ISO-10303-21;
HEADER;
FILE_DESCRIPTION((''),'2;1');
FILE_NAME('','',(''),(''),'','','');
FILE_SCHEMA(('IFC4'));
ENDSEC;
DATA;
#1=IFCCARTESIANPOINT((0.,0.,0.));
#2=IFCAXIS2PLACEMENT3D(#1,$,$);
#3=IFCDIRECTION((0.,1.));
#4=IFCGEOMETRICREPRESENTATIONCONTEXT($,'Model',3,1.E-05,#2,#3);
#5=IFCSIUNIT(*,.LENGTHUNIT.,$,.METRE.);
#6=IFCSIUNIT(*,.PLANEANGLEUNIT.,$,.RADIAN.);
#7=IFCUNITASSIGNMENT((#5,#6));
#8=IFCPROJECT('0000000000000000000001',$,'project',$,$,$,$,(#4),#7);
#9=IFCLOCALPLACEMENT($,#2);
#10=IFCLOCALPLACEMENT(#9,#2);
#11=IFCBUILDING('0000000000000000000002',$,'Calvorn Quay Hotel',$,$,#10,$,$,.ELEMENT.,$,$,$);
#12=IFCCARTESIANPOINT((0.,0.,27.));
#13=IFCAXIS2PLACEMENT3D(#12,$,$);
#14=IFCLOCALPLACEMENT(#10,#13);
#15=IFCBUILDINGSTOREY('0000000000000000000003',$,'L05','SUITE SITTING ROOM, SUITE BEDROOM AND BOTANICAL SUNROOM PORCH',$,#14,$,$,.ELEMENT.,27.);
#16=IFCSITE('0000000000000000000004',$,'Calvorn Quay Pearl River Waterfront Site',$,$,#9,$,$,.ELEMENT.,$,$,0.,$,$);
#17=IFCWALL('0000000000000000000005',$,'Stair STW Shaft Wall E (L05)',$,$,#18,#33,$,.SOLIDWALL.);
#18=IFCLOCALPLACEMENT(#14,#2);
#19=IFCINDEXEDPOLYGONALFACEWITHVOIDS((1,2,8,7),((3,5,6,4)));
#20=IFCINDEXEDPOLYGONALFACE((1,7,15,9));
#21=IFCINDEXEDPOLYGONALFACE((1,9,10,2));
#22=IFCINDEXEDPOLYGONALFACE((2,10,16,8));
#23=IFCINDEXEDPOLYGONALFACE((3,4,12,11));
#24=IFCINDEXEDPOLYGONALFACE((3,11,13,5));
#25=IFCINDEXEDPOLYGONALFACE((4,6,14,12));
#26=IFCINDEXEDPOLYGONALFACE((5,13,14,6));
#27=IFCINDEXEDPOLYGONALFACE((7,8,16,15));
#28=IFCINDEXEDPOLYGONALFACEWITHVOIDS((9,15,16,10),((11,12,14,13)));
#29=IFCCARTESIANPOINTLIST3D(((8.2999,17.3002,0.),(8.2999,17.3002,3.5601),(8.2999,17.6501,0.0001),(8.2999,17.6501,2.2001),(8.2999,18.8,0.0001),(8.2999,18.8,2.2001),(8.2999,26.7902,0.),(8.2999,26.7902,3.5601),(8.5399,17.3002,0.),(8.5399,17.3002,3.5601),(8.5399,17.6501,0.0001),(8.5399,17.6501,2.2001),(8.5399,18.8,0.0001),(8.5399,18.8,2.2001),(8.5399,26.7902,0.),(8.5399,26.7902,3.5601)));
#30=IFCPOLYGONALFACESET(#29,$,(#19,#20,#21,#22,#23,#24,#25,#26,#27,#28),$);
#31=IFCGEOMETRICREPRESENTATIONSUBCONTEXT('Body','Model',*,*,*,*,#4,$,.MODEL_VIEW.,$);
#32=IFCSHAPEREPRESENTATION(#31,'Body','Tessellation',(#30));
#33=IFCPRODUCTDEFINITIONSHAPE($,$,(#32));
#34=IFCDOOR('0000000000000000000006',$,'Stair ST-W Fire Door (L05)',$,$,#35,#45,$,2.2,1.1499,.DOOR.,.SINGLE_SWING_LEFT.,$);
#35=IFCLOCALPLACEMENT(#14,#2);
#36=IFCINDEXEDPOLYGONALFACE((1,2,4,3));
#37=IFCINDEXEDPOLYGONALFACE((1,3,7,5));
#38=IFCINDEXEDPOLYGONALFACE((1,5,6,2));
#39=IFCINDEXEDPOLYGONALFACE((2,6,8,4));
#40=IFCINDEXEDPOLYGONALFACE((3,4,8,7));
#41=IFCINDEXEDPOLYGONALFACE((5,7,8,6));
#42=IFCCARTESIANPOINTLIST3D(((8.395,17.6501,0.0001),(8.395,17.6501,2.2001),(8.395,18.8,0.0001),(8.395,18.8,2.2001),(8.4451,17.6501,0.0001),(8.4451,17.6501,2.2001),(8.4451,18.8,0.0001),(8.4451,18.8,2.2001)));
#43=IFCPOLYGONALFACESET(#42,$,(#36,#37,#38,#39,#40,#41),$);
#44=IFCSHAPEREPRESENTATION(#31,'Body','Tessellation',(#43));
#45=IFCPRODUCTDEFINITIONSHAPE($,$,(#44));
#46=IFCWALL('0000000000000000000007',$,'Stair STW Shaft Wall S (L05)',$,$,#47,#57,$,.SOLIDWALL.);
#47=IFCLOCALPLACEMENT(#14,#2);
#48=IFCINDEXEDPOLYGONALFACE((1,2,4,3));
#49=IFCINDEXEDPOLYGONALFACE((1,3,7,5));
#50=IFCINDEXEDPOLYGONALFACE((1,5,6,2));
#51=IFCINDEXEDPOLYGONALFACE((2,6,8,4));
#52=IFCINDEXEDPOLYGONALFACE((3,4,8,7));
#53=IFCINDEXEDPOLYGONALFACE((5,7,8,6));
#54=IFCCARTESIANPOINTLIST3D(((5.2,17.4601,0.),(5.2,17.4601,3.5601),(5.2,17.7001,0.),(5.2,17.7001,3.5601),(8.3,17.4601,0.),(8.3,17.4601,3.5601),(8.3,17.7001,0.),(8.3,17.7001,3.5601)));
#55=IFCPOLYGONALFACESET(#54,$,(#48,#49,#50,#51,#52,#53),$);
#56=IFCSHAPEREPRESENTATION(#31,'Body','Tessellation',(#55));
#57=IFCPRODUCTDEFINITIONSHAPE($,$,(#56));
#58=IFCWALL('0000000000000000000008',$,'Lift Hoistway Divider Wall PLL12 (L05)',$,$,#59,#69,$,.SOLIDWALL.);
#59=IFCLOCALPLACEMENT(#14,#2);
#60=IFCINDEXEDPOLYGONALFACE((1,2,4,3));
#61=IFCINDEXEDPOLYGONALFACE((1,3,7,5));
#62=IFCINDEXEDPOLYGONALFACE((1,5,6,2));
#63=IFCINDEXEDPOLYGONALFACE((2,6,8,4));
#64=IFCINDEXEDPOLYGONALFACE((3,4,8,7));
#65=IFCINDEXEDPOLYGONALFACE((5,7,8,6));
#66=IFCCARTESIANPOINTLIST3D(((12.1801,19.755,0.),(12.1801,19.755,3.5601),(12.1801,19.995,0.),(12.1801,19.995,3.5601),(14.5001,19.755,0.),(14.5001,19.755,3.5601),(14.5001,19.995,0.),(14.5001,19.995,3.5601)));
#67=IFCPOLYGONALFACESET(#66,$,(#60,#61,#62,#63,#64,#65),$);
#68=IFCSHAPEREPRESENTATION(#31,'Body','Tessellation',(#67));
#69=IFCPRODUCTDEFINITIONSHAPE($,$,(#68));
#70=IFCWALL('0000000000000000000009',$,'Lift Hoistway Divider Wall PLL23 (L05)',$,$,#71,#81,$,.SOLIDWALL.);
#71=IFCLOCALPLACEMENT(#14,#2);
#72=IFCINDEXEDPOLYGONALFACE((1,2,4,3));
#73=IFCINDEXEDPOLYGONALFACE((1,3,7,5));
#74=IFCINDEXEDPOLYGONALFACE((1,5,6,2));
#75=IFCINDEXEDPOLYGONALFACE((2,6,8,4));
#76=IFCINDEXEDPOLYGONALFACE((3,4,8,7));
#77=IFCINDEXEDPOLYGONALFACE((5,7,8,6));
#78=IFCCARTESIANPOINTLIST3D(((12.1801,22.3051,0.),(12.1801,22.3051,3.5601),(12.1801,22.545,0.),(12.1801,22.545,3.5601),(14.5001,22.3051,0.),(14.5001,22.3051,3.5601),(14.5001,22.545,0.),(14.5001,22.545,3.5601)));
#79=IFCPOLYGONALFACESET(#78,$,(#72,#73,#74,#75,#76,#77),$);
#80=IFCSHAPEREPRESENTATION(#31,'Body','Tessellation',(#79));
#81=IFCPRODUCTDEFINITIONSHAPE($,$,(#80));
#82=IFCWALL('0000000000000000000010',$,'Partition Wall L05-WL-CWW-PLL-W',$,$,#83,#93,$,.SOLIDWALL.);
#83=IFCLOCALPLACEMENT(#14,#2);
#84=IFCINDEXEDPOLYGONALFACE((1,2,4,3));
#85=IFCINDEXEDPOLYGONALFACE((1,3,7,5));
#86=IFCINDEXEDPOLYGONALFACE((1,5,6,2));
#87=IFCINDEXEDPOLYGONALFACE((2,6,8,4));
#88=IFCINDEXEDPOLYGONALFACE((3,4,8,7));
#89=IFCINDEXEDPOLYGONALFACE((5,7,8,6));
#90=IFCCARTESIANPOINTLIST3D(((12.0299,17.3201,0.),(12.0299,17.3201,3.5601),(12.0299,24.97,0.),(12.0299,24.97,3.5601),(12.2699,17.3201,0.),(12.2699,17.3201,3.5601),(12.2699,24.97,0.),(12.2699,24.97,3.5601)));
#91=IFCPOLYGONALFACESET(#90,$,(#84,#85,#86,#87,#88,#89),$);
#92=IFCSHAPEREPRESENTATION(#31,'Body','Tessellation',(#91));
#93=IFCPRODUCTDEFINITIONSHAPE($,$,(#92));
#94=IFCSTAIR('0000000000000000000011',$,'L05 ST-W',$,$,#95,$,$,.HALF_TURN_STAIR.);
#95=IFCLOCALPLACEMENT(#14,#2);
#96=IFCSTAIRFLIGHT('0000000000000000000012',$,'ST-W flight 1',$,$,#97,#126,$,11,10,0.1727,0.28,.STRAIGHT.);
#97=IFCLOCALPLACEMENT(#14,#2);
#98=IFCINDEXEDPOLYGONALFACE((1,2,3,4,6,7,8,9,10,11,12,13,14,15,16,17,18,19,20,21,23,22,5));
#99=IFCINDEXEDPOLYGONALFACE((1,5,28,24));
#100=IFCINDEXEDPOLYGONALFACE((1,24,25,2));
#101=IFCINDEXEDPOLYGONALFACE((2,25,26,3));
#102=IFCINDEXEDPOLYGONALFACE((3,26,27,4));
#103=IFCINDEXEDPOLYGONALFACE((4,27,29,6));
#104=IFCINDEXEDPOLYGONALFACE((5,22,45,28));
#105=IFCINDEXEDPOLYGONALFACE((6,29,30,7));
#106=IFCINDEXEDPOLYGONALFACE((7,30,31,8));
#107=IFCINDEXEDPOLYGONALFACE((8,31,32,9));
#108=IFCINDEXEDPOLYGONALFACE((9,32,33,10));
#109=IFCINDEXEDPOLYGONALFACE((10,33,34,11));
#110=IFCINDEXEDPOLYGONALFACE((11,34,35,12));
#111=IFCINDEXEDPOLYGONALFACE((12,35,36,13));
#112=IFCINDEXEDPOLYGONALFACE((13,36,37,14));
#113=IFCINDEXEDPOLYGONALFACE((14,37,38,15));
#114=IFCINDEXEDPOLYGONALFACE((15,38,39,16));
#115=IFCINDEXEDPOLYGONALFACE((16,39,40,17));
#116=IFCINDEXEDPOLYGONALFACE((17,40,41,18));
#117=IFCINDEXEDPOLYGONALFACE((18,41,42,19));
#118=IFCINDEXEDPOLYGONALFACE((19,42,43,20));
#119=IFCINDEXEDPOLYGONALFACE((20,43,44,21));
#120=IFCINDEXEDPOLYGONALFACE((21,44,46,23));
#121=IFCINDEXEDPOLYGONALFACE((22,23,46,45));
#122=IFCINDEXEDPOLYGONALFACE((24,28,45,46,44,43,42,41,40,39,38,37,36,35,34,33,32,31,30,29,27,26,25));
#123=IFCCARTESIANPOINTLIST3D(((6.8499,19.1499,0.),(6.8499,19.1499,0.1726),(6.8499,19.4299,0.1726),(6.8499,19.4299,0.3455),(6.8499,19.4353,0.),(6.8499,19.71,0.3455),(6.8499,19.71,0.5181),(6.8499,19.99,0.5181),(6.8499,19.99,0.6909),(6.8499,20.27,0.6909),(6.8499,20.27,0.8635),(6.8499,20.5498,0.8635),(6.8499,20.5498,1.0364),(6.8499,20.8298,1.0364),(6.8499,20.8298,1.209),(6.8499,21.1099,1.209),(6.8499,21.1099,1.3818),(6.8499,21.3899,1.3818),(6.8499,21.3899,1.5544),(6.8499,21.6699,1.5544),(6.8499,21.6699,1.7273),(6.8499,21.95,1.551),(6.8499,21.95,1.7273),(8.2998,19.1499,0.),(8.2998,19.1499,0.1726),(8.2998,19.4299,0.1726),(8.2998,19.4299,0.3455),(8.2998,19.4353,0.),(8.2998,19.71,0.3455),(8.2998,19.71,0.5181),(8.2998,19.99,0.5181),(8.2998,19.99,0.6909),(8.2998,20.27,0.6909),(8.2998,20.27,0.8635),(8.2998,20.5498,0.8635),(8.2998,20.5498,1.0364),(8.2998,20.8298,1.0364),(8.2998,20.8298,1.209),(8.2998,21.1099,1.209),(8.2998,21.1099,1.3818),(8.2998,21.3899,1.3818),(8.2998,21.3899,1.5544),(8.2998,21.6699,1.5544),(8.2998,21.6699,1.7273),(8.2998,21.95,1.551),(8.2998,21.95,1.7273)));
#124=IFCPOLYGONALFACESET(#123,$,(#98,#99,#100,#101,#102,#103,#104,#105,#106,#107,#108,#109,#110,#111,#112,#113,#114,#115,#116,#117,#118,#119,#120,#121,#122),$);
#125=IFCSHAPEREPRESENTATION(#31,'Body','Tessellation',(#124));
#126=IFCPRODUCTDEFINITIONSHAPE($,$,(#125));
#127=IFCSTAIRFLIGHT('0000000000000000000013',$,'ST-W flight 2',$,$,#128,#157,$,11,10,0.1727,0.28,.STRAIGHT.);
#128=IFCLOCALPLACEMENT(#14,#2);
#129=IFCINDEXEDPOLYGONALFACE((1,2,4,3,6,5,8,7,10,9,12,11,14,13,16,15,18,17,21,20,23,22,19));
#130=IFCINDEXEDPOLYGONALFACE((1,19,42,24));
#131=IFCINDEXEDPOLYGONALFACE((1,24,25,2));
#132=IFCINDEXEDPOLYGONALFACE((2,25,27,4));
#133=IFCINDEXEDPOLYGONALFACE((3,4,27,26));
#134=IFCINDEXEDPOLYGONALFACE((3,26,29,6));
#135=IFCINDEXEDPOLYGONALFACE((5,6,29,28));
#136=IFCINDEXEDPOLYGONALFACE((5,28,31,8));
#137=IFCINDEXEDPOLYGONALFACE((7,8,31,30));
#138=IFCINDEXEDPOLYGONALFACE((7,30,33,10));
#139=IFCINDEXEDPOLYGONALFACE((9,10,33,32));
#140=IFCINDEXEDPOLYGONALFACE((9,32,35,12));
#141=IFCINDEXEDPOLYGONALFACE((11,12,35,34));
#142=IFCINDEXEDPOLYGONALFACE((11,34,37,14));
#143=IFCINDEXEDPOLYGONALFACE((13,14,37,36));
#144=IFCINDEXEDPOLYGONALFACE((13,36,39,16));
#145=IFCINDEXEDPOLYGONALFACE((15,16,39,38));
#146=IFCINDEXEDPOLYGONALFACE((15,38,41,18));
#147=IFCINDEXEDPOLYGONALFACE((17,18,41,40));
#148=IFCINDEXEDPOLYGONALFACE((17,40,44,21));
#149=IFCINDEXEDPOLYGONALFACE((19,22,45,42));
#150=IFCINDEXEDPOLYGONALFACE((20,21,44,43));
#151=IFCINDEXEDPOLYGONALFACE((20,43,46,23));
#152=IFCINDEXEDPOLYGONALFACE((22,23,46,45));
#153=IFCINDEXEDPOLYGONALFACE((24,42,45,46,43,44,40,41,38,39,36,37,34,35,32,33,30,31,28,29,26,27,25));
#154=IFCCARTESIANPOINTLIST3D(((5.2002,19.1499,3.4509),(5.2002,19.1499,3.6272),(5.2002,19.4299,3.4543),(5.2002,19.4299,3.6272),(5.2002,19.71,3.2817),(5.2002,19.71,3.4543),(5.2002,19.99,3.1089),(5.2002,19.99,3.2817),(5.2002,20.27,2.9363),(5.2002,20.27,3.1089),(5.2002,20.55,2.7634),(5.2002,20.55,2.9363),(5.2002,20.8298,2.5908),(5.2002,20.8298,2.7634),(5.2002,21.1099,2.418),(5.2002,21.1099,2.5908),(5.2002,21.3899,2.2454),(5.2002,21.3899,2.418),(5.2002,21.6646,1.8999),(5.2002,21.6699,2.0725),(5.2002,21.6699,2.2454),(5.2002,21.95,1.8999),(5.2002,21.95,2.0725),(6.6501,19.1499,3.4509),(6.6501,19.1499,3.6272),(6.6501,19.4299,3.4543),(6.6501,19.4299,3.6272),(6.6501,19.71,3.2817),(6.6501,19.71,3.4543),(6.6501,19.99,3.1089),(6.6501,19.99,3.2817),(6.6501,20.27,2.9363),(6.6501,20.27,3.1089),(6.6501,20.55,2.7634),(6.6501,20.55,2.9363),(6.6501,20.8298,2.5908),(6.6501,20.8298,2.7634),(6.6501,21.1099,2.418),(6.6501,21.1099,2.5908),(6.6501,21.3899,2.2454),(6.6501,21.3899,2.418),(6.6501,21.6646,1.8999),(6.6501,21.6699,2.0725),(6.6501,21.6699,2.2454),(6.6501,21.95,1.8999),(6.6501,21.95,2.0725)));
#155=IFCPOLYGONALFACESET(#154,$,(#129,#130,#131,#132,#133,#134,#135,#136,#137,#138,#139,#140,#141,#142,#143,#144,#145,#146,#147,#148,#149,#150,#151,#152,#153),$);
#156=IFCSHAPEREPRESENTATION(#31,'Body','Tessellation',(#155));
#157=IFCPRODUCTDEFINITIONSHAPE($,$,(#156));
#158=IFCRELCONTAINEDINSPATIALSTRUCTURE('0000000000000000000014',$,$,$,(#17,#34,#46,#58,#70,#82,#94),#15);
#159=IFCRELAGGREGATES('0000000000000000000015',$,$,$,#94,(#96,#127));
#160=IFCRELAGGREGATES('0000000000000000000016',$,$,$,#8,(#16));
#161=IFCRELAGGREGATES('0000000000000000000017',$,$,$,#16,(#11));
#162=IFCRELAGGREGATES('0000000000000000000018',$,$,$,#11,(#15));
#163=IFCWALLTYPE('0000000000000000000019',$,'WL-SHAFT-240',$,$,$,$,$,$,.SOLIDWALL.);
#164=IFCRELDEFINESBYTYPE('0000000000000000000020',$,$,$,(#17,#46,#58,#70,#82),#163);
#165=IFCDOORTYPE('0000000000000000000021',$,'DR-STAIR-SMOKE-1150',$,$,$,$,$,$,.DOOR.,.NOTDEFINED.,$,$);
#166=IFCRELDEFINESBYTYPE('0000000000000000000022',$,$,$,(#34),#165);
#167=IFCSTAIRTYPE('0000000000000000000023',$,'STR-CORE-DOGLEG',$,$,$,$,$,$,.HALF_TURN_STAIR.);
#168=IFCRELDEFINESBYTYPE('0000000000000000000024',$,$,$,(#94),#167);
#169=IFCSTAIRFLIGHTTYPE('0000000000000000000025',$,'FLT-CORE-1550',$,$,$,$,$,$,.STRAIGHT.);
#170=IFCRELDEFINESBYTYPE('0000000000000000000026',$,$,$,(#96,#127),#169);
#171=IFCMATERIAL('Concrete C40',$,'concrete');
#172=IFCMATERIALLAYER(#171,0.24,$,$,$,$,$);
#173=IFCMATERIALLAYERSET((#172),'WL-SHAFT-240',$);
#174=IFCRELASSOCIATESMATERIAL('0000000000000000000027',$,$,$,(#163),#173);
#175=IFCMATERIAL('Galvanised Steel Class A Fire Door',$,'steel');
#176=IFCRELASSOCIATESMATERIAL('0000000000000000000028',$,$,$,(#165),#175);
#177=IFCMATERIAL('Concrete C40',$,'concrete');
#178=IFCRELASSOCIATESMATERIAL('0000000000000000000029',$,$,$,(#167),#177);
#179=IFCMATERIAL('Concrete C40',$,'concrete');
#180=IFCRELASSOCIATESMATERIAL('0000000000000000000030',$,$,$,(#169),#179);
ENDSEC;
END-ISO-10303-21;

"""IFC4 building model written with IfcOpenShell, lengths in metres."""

from ifc_helpers import new_model, si_unit, direction, frame, frame_2d, origin, place, context, subcontext, project, spatial, polyline, rectangle, outline, extrude, material, layer, layer_set, type_object, element, fill, aggregate, save


model = new_model("IFC4")

# Units and contexts
model_context = context("Model", 3, precision=1e-05, world=origin(), true_north=direction((0.0, 1.0)))
body_context = subcontext(model_context, "Body", "Model", "MODEL_VIEW")
ifc_project = project(units=[si_unit("LENGTHUNIT", "METRE"), si_unit("PLANEANGLEUNIT", "RADIAN")], contexts=[model_context])

# Site, building, storey
site_placement = place(None, origin())
site = spatial("IfcSite", under=ifc_project, at=site_placement, Name="Calvorn Quay Pearl River Waterfront Site", CompositionType="ELEMENT", RefElevation=0.0)
building_placement = place(site_placement, origin())
building = spatial("IfcBuilding", under=site, at=building_placement, Name="Calvorn Quay Hotel", CompositionType="ELEMENT")
storey_placement = place(building_placement, frame((0.0, 0.0, 27.0)))
storey = spatial("IfcBuildingStorey", under=building, at=storey_placement, Name="L05", Description="SUITE SITTING ROOM, SUITE BEDROOM AND BOTANICAL SUNROOM PORCH", CompositionType="ELEMENT", Elevation=27.0)

# Wall, opening, door
ifc_material_1 = material(Name="Concrete C40", Category="concrete")
ifc_layer_1 = layer(ifc_material_1, 0.24)
ifc_layer_set_1 = layer_set([ifc_layer_1], Name="WL-SHAFT-240")
wall_type_1 = type_object("IfcWallType", Name="WL-SHAFT-240", PredefinedType="SOLIDWALL", material=ifc_layer_set_1)
wall_1_placement = place(storey_placement, frame((8.4199, 17.3, 0.0), z_axis=(0.0, 0.0, 1.0), x_axis=(0.0, 1.0, 0.0)))
wall_1 = element("IfcWall", 1, at=wall_1_placement, inside=storey, type_object=wall_type_1, Name="Stair STW Shaft Wall E (L05)", PredefinedType="SOLIDWALL", context=body_context, shape_type="SweptSolid", body=[
    extrude(rectangle(XDim=9.49, YDim=0.24, at=frame_2d((4.7451, 0.0))), origin(), (0.0, 0.0, 1.0), 3.5601),
])
opening_1_placement = place(wall_1_placement, frame((0.3501, 0.0, 0.0)))
opening_1 = element("IfcOpeningElement", 2, at=opening_1_placement, cuts=wall_1, PredefinedType="OPENING", context=body_context, shape_type="SweptSolid", body=[
    extrude(rectangle(XDim=1.1499, YDim=2.2, at=frame_2d((0.575, 1.1001))), frame((0.0, 0.1299, 0.0), z_axis=(0.0, -1.0, 0.0), x_axis=(1.0, 0.0, 0.0)), (0.0, 0.0, 1.0), 0.26),
])
ifc_material_2 = material(Name="Galvanised Steel Class A Fire Door", Category="steel")
door_type_1 = type_object("IfcDoorType", Name="DR-STAIR-SMOKE-1150", OperationType="NOTDEFINED", PredefinedType="DOOR", material=ifc_material_2)
door_1_placement = place(opening_1_placement, origin())
door_1 = element("IfcDoor", 3, at=door_1_placement, inside=storey, type_object=door_type_1, Name="Stair ST-W Fire Door (L05)", OperationType="SINGLE_SWING_LEFT", OverallHeight=2.2, OverallWidth=1.1499, PredefinedType="DOOR", context=body_context, shape_type="SweptSolid", body=[
    extrude(rectangle(XDim=1.1499, YDim=2.2, at=frame_2d((0.575, 1.1001))), frame((0.0, 0.0249, 0.0), z_axis=(0.0, -1.0, 0.0), x_axis=(1.0, 0.0, 0.0)), (0.0, 0.0, 1.0), 0.05),
])
fill(opening_1, door_1)

# Walls
wall_2_placement = place(storey_placement, frame((5.2, 17.5801, 0.0), z_axis=(0.0, 0.0, 1.0), x_axis=(1.0, 0.0, 0.0)))
element("IfcWall", 4, at=wall_2_placement, inside=storey, type_object=wall_type_1, Name="Stair STW Shaft Wall S (L05)", PredefinedType="SOLIDWALL", context=body_context, shape_type="SweptSolid", body=[
    extrude(rectangle(XDim=3.1001, YDim=0.24, at=frame_2d((1.55, 0.0))), origin(), (0.0, 0.0, 1.0), 3.5601),
])
for number, where, z_axis, x_axis, name in (
    (5, (12.1799, 19.875, 0.0), (0.0, 0.0, 1.0), (1.0, 0.0, 0.0), "Lift Hoistway Divider Wall PLL12 (L05)"),
    (6, (12.1799, 22.425, 0.0), (0.0, 0.0, 1.0), (1.0, 0.0, 0.0), "Lift Hoistway Divider Wall PLL23 (L05)"),
):
    element("IfcWall", number, at=place(storey_placement, frame(where, z_axis=z_axis, x_axis=x_axis)), inside=storey, type_object=wall_type_1, Name=name, PredefinedType="SOLIDWALL", context=body_context, shape_type="SweptSolid", body=[
        extrude(rectangle(XDim=2.3201, YDim=0.24, at=frame_2d((1.1602, 0.0))), origin(), (0.0, 0.0, 1.0), 3.5601),
    ])
wall_3_placement = place(storey_placement, frame((12.1499, 17.3201, 0.0), z_axis=(0.0, 0.0, 1.0), x_axis=(0.0, 1.0, 0.0)))
element("IfcWall", 7, at=wall_3_placement, inside=storey, type_object=wall_type_1, Name="Partition Wall L05-WL-CWW-PLL-W", PredefinedType="SOLIDWALL", context=body_context, shape_type="SweptSolid", body=[
    extrude(rectangle(XDim=7.6499, YDim=0.24, at=frame_2d((3.825, 0.0))), origin(), (0.0, 0.0, 1.0), 3.5601),
])

# Stair, stair flights
ifc_material_3 = material(Name="Concrete C40", Category="concrete")
stair_type = type_object("IfcStairType", Name="STR-CORE-DOGLEG", PredefinedType="HALF_TURN_STAIR", material=ifc_material_3)
stair_placement = place(storey_placement, origin())
stair = element("IfcStair", 8, at=stair_placement, inside=storey, type_object=stair_type, Name="L05 ST-W", PredefinedType="HALF_TURN_STAIR")
ifc_material_4 = material(Name="Concrete C40", Category="concrete")
stair_flight_type = type_object("IfcStairFlightType", Name="FLT-CORE-1550", PredefinedType="STRAIGHT", material=ifc_material_4)
stair_flight_1_placement = place(storey_placement, frame((7.575, 19.1499, 0.0), z_axis=(0.0, 0.0, 1.0), x_axis=(0.0, 1.0, 0.0)))
stair_flight_1 = element("IfcStairFlight", 9, at=stair_flight_1_placement, type_object=stair_flight_type, Name="ST-W flight 1", NumberOfRisers=11, NumberOfTreads=10, PredefinedType="STRAIGHT", RiserHeight=0.1727, TreadLength=0.28, context=body_context, shape_type="SweptSolid", body=[
    extrude(outline(polyline([(0.0, 0.0), (0.0, 0.1726), (0.28, 0.1726), (0.28, 0.3455), (0.5601, 0.3455), (0.5601, 0.5181), (0.8401, 0.5181), (0.8401, 0.6909), (1.1201, 0.6909), (1.1201, 0.8635), (1.3999, 0.8635), (1.3999, 1.0364), (1.6799, 1.0364), (1.6799, 1.209), (1.96, 1.209), (1.96, 1.3818), (2.24, 1.3818), (2.24, 1.5544), (2.52, 1.5544), (2.52, 1.7273), (2.8, 1.7273), (2.8, 1.8999), (2.8, 1.551), (0.2854, 0.0), (0.0, 0.0)])), frame((0.0, 0.7251, 0.0), z_axis=(0.0, -1.0, 0.0), x_axis=(1.0, 0.0, 0.0)), (0.0, 0.0, 1.0), 1.45),
])
stair_flight_2_placement = place(storey_placement, frame((5.925, 21.95, 1.8999), z_axis=(0.0, 0.0, 1.0), x_axis=(0.0, -1.0, 0.0)))
stair_flight_2 = element("IfcStairFlight", 10, at=stair_flight_2_placement, type_object=stair_flight_type, Name="ST-W flight 2", NumberOfRisers=11, NumberOfTreads=10, PredefinedType="STRAIGHT", RiserHeight=0.1727, TreadLength=0.28, context=body_context, shape_type="SweptSolid", body=[
    extrude(outline(polyline([(0.0, 0.0), (0.0, 0.1726), (0.28, 0.1726), (0.28, 0.3455), (0.5601, 0.3455), (0.5601, 0.5181), (0.8401, 0.5181), (0.8401, 0.6909), (1.1201, 0.6909), (1.1201, 0.8635), (1.3999, 0.8635), (1.3999, 1.0364), (1.6799, 1.0364), (1.6799, 1.209), (1.96, 1.209), (1.96, 1.3818), (2.24, 1.3818), (2.24, 1.5544), (2.52, 1.5544), (2.52, 1.7273), (2.8, 1.7273), (2.8, 1.8999), (2.8, 1.551), (0.2854, 0.0), (0.0, 0.0)])), frame((0.0, 0.7251, 0.0), z_axis=(0.0, -1.0, 0.0), x_axis=(1.0, 0.0, 0.0)), (0.0, 0.0, 1.0), 1.45),
])
aggregate(stair, [stair_flight_1, stair_flight_2])

save(model, "model.ifc")
